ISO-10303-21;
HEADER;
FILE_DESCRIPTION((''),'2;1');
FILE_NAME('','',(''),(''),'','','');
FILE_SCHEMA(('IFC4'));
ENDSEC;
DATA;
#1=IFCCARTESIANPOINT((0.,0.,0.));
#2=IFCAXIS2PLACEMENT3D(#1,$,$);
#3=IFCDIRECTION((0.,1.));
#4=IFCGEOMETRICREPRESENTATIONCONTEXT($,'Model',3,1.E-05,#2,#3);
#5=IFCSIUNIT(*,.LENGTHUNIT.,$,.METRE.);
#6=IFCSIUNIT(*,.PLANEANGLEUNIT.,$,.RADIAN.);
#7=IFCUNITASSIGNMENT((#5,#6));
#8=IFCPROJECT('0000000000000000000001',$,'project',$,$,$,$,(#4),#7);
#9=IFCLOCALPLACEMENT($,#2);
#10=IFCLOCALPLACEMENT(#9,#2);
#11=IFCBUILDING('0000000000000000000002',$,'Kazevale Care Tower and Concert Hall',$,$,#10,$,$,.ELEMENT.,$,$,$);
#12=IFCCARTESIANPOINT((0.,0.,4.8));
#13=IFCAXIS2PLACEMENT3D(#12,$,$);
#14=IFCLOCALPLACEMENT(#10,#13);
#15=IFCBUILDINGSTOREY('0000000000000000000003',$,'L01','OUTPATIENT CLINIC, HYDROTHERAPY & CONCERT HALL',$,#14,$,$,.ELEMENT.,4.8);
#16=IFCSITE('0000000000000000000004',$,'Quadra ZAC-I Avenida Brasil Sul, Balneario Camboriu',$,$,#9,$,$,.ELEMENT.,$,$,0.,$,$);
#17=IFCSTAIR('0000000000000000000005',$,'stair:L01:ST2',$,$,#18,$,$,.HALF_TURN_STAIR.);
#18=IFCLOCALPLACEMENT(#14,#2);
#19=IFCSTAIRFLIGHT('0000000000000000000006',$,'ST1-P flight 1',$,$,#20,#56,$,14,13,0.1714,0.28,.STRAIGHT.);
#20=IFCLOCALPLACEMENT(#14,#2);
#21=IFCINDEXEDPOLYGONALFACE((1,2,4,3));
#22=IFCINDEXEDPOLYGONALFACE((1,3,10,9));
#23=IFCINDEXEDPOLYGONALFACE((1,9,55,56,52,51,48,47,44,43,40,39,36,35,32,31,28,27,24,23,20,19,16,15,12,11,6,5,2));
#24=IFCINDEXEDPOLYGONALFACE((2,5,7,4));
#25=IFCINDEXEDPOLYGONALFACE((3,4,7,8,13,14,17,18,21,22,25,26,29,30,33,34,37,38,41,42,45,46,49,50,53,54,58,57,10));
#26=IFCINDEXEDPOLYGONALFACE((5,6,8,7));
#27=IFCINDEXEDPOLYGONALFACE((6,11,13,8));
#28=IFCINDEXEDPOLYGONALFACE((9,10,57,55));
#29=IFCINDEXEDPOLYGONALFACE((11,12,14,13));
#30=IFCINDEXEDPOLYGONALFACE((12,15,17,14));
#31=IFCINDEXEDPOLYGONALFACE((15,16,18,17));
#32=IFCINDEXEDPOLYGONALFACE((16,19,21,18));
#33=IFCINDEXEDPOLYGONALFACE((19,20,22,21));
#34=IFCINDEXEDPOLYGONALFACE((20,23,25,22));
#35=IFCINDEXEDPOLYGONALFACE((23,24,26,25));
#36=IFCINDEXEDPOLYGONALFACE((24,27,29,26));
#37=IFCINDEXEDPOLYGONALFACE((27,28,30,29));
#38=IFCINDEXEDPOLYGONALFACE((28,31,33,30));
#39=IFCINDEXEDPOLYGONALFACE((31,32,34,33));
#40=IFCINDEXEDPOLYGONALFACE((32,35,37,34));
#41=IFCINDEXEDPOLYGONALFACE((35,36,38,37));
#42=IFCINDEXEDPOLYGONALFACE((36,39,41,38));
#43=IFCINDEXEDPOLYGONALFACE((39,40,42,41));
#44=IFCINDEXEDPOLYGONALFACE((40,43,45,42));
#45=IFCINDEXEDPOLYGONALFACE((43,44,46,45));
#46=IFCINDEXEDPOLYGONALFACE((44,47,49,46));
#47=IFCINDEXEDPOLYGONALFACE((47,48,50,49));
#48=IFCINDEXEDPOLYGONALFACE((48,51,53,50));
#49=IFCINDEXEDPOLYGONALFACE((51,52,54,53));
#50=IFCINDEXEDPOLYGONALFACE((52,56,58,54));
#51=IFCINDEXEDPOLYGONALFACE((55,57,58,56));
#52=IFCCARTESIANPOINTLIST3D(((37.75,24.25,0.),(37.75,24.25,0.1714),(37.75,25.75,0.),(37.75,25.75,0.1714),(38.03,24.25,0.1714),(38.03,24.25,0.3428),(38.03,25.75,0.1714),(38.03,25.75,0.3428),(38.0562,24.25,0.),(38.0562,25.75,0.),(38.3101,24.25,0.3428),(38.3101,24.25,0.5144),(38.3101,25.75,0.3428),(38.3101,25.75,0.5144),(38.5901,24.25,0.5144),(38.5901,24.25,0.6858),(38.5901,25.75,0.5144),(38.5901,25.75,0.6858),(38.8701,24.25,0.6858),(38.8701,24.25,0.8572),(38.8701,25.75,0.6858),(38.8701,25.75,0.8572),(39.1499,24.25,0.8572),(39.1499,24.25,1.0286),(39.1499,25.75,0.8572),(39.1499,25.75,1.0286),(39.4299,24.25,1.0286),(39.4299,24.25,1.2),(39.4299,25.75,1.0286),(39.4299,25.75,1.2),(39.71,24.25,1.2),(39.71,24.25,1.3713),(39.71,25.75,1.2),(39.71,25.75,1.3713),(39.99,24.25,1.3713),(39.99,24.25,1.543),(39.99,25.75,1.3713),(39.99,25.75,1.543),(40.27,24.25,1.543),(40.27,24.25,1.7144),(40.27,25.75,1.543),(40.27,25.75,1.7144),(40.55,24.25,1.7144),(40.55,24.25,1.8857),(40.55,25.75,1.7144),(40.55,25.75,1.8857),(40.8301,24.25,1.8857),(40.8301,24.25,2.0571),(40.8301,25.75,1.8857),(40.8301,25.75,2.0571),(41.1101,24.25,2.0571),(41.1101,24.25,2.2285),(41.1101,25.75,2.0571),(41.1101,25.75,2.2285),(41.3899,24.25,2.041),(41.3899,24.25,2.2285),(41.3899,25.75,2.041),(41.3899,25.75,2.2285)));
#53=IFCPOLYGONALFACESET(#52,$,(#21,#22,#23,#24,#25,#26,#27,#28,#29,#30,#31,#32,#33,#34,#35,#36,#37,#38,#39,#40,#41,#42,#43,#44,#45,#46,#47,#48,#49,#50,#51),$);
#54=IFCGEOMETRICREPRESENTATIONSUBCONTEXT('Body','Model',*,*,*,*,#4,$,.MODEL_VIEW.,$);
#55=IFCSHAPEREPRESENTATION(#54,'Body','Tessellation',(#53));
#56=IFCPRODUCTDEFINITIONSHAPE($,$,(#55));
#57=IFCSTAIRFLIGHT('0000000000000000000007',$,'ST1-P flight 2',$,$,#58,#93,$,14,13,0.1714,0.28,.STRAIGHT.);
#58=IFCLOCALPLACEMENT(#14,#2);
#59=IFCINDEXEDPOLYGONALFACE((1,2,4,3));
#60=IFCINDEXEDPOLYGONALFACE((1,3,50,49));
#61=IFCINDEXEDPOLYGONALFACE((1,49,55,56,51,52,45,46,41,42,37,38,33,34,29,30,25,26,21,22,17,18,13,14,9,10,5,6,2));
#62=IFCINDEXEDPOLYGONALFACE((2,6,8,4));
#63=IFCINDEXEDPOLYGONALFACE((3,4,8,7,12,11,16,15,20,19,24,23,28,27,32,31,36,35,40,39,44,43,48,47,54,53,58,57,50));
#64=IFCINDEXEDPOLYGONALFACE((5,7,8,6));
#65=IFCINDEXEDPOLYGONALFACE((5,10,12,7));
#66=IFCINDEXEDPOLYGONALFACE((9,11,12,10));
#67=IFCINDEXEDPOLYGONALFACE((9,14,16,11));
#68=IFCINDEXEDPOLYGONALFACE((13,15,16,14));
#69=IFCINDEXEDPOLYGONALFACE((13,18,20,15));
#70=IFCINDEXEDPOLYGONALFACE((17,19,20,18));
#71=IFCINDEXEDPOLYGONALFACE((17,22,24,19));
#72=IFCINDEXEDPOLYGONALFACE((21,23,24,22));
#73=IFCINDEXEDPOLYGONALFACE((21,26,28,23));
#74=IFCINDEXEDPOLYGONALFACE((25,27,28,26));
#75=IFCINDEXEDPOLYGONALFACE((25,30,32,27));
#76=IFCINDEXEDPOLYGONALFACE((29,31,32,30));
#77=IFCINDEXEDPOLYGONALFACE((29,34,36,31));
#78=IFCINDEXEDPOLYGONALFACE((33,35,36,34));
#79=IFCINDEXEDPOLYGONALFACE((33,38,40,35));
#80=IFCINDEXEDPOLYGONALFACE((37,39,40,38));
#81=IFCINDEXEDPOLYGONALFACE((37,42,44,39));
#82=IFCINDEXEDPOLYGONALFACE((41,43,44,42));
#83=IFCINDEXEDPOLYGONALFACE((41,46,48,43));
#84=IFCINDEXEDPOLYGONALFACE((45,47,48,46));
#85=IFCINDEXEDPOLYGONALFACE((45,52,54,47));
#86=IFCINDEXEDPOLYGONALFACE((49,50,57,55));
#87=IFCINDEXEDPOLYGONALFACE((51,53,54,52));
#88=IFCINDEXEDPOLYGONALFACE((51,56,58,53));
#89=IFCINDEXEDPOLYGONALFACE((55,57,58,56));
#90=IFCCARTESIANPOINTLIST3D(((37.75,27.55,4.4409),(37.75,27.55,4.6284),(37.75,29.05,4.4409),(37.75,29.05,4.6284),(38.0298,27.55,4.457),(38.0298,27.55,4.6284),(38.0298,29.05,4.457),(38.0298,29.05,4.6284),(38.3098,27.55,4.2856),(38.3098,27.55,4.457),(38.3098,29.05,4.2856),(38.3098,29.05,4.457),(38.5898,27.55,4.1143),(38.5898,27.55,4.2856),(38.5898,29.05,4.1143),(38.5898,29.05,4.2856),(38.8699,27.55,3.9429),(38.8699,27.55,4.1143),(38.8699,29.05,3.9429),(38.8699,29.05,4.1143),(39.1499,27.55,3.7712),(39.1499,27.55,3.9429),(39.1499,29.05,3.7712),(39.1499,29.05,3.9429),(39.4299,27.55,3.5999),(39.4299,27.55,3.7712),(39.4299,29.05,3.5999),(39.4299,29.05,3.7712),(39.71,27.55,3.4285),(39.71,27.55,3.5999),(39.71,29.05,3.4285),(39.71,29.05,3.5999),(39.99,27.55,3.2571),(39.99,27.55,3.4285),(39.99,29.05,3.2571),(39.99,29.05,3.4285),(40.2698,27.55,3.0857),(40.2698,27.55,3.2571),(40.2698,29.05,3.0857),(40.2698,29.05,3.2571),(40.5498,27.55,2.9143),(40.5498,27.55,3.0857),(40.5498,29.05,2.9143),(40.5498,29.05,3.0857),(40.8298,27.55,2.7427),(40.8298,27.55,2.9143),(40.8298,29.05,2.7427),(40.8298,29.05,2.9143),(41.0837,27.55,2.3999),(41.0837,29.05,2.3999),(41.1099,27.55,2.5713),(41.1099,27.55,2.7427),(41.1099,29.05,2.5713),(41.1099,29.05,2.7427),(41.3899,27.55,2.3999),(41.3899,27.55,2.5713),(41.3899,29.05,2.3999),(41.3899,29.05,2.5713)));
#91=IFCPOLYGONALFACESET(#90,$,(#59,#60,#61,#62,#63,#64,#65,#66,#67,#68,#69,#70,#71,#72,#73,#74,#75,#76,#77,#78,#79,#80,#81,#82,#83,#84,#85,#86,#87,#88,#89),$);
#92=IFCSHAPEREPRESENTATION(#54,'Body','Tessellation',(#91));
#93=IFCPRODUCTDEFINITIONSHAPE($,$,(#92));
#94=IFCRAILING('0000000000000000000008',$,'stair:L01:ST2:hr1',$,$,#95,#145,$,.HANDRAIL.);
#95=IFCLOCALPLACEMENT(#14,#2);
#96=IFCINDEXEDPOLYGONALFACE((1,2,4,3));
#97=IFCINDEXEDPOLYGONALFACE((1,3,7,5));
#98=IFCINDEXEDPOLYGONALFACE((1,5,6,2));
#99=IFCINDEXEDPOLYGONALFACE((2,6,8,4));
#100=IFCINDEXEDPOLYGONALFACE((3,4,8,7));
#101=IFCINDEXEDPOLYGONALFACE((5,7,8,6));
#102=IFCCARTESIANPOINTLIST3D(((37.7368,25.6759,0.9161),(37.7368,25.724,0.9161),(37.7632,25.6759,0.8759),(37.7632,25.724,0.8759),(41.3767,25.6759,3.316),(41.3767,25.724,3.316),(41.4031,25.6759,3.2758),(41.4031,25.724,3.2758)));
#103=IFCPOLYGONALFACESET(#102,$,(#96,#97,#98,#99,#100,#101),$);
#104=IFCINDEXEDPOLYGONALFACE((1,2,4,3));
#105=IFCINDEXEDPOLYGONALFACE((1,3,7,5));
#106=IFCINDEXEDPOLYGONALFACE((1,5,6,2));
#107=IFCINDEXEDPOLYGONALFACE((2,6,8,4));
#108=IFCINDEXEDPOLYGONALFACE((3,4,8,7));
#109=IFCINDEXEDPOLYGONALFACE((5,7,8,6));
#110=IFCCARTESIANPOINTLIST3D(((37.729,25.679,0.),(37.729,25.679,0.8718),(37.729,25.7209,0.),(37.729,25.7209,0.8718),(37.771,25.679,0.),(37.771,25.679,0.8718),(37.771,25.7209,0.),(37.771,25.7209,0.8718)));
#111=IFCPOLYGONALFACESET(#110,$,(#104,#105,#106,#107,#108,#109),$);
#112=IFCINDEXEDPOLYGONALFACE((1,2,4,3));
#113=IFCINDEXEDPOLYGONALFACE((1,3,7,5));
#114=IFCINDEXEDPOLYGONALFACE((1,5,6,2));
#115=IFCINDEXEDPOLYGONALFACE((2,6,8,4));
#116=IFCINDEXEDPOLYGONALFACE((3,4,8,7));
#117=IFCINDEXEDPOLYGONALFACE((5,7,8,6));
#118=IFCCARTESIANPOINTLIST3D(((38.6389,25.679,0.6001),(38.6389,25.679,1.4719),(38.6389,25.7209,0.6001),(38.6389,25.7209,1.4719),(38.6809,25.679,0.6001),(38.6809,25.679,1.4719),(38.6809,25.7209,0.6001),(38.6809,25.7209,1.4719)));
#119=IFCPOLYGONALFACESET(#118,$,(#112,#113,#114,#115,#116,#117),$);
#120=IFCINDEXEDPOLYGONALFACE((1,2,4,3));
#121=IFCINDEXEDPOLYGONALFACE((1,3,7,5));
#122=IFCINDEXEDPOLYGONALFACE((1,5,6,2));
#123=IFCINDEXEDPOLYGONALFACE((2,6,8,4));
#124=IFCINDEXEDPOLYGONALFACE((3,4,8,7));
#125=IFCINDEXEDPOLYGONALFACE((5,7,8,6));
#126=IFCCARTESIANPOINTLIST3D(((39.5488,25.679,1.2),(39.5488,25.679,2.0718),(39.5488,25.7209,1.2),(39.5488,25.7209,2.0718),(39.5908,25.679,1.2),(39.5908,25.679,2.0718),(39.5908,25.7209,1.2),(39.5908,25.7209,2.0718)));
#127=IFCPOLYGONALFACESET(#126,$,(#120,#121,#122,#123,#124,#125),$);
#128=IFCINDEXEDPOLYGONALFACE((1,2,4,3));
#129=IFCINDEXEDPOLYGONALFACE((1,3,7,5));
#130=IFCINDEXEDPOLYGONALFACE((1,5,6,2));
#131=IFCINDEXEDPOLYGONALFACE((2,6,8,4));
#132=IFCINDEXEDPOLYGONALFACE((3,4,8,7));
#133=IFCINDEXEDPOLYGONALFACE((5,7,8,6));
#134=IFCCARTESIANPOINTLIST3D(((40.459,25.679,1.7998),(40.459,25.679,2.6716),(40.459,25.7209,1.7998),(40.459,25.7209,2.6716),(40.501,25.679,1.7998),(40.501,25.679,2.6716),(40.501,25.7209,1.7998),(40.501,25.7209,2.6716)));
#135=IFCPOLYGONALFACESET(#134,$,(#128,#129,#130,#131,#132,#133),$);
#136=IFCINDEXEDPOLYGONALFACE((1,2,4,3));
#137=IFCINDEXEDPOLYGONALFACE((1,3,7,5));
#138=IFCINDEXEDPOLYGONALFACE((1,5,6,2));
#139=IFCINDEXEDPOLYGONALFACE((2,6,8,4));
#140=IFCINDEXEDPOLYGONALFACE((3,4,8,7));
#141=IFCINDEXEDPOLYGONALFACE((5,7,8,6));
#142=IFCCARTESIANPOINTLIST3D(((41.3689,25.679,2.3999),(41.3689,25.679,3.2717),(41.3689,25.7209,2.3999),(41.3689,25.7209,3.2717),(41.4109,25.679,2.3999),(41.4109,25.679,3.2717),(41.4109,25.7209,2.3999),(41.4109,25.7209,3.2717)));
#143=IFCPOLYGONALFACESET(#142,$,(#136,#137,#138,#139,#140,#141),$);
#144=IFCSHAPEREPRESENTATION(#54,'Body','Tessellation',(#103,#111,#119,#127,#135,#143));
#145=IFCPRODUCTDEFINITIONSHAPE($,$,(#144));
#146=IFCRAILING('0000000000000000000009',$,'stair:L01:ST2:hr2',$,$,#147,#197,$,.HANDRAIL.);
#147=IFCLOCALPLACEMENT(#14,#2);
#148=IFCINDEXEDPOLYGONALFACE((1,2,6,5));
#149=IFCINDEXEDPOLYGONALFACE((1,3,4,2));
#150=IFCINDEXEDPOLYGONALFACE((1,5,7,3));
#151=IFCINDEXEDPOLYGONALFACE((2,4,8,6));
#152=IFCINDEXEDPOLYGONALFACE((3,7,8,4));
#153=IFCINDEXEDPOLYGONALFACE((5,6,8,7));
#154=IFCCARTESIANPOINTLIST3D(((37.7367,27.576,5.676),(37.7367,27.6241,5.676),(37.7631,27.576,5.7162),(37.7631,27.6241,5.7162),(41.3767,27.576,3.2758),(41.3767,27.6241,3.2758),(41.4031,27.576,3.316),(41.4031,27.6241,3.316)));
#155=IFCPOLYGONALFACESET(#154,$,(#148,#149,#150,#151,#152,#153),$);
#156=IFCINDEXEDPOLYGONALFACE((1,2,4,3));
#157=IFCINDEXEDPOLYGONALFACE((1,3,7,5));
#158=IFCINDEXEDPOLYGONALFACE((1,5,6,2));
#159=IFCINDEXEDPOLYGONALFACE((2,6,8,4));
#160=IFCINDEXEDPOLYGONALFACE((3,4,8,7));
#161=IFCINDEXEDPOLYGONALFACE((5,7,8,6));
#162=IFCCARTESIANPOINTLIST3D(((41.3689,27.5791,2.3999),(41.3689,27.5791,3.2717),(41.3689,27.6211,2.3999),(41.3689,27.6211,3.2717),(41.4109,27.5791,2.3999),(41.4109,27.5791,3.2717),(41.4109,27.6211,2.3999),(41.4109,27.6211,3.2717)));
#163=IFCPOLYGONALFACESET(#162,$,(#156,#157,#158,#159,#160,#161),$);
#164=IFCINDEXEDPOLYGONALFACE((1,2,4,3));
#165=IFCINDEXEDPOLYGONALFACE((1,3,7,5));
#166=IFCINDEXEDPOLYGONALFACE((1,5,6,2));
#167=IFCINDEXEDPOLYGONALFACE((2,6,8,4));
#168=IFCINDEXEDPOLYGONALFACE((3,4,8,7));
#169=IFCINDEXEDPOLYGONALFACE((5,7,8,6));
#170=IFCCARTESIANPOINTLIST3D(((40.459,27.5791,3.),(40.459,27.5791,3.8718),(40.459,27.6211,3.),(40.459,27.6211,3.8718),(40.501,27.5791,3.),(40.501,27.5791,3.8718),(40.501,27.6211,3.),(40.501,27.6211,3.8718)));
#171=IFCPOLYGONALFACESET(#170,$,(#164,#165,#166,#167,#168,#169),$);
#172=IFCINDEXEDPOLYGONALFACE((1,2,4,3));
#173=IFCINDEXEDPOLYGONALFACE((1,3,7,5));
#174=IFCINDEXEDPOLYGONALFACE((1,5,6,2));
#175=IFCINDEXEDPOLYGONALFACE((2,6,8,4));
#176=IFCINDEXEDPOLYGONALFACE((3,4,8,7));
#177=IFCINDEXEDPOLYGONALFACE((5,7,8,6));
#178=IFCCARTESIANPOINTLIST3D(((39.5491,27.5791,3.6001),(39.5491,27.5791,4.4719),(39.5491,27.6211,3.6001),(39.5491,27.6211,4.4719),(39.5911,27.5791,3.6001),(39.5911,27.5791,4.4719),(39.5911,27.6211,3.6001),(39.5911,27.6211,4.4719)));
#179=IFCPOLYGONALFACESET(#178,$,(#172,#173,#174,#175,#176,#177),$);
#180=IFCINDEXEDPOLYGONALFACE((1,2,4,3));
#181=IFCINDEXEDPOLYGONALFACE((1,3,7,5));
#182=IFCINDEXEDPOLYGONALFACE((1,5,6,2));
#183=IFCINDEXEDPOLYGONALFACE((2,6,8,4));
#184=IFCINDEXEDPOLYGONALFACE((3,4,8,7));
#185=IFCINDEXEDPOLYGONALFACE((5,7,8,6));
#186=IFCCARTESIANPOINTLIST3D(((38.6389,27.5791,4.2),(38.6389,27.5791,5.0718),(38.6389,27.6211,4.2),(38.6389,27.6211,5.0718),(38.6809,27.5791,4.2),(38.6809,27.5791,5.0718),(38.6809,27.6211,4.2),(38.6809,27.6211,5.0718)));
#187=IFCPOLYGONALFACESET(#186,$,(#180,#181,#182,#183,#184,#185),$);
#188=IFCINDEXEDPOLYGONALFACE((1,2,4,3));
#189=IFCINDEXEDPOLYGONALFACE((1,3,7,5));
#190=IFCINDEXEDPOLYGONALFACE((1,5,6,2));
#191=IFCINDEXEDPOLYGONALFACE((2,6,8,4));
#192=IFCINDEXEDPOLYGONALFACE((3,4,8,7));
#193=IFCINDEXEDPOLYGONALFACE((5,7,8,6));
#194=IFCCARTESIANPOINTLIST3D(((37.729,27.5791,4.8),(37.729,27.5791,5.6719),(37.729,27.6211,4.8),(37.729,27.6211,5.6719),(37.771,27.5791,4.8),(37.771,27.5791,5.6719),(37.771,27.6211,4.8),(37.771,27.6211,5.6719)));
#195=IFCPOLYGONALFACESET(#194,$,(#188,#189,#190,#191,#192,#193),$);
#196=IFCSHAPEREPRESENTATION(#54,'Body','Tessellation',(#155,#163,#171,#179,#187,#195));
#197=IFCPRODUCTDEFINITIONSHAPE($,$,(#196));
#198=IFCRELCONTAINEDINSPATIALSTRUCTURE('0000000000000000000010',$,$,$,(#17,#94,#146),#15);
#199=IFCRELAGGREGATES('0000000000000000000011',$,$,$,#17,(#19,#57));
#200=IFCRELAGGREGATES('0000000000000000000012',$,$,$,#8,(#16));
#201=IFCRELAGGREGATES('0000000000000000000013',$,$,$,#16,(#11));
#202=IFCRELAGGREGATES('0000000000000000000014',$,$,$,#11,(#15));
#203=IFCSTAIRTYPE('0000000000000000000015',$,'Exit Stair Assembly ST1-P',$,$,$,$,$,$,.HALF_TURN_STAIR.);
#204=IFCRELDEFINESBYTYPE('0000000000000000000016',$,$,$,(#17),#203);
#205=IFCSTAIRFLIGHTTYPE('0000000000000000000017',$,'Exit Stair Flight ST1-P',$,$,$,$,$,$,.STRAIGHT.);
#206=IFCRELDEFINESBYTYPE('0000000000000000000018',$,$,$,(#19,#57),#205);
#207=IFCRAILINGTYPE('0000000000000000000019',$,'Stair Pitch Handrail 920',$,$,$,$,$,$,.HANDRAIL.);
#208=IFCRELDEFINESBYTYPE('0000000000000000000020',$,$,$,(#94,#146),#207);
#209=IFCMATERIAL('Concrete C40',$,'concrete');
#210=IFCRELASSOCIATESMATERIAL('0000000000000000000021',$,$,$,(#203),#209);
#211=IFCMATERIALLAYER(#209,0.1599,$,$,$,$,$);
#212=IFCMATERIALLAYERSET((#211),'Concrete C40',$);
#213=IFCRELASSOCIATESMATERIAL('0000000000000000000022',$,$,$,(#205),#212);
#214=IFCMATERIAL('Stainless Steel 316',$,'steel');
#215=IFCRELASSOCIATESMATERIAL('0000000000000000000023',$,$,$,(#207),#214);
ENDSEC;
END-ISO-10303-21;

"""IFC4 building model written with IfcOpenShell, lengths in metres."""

from ifc_helpers import new_model, si_unit, direction, frame, origin, origin_2d, place, context, subcontext, project, spatial, polyline, rectangle, outline, extrude, material, layer, layer_set, type_object, element, aggregate, save


model = new_model("IFC4")

# Units and contexts
model_context = context("Model", 3, precision=1e-05, world=origin(), true_north=direction((0.0, 1.0)))
body_context = subcontext(model_context, "Body", "Model", "MODEL_VIEW")
ifc_project = project(units=[si_unit("LENGTHUNIT", "METRE"), si_unit("PLANEANGLEUNIT", "RADIAN")], contexts=[model_context])

# Site, building, storey
site_placement = place(None, origin())
site = spatial("IfcSite", under=ifc_project, at=site_placement, Name="Quadra ZAC-I Avenida Brasil Sul, Balneario Camboriu", CompositionType="ELEMENT", RefElevation=0.0)
building_placement = place(site_placement, origin())
building = spatial("IfcBuilding", under=site, at=building_placement, Name="Kazevale Care Tower and Concert Hall", CompositionType="ELEMENT")
storey_placement = place(building_placement, frame((0.0, 0.0, 4.8)))
storey = spatial("IfcBuildingStorey", under=building, at=storey_placement, Name="L01", Description="OUTPATIENT CLINIC, HYDROTHERAPY & CONCERT HALL", CompositionType="ELEMENT", Elevation=4.8)

# Shared definitions
ifc_material_1 = material(Name="Concrete C40", Category="concrete")
ifc_material_2 = material(Name="Stainless Steel 316", Category="steel")

# Stair, stair flights
stair_type = type_object("IfcStairType", Name="Exit Stair Assembly ST1-P", PredefinedType="HALF_TURN_STAIR", material=ifc_material_1)
stair_placement = place(storey_placement, origin())
stair = element("IfcStair", 1, at=stair_placement, inside=storey, type_object=stair_type, Name="stair:L01:ST2", PredefinedType="HALF_TURN_STAIR")
ifc_layer_1 = layer(ifc_material_1, 0.1599)
ifc_layer_set_1 = layer_set([ifc_layer_1], Name="Concrete C40")
stair_flight_type = type_object("IfcStairFlightType", Name="Exit Stair Flight ST1-P", PredefinedType="STRAIGHT", material=ifc_layer_set_1)
stair_flight_1_placement = place(storey_placement, frame((37.75, 25.0, 0.0), z_axis=(0.0, 0.0, 1.0), x_axis=(1.0, 0.0, 0.0)))
stair_flight_1 = element("IfcStairFlight", 2, at=stair_flight_1_placement, type_object=stair_flight_type, Name="ST1-P flight 1", NumberOfRisers=14, NumberOfTreads=13, PredefinedType="STRAIGHT", RiserHeight=0.1714, TreadLength=0.28, context=body_context, shape_type="SweptSolid", body=[
    extrude(outline(polyline([(0.0, 0.0), (0.0, 0.1714), (0.28, 0.1714), (0.28, 0.3428), (0.5601, 0.3428), (0.5601, 0.5144), (0.8401, 0.5144), (0.8401, 0.6858), (1.1201, 0.6858), (1.1201, 0.8572), (1.3999, 0.8572), (1.3999, 1.0286), (1.6799, 1.0286), (1.6799, 1.2), (1.96, 1.2), (1.96, 1.3713), (2.24, 1.3713), (2.24, 1.543), (2.52, 1.543), (2.52, 1.7144), (2.8, 1.7144), (2.8, 1.8857), (3.0801, 1.8857), (3.0801, 2.0571), (3.3601, 2.0571), (3.3601, 2.2285), (3.6399, 2.2285), (3.6399, 2.3999), (3.6399, 2.041), (0.3062, 0.0), (0.0, 0.0)])), frame((0.0, 0.75, 0.0), z_axis=(0.0, -1.0, 0.0), x_axis=(1.0, 0.0, 0.0)), (0.0, 0.0, 1.0), 1.5),
])
stair_flight_2_placement = place(storey_placement, frame((41.3899, 28.3, 2.3999), z_axis=(0.0, 0.0, 1.0), x_axis=(-1.0, 0.0, 0.0)))
stair_flight_2 = element("IfcStairFlight", 3, at=stair_flight_2_placement, type_object=stair_flight_type, Name="ST1-P flight 2", NumberOfRisers=14, NumberOfTreads=13, PredefinedType="STRAIGHT", RiserHeight=0.1714, TreadLength=0.28, context=body_context, shape_type="SweptSolid", body=[
    extrude(outline(polyline([(0.0, 0.0), (0.0, 0.1714), (0.28, 0.1714), (0.28, 0.3428), (0.5601, 0.3428), (0.5601, 0.5144), (0.8401, 0.5144), (0.8401, 0.6858), (1.1201, 0.6858), (1.1201, 0.8572), (1.3999, 0.8572), (1.3999, 1.0286), (1.6799, 1.0286), (1.6799, 1.2), (1.96, 1.2), (1.96, 1.3713), (2.24, 1.3713), (2.24, 1.543), (2.52, 1.543), (2.52, 1.7144), (2.8, 1.7144), (2.8, 1.8857), (3.0801, 1.8857), (3.0801, 2.0571), (3.3601, 2.0571), (3.3601, 2.2285), (3.6399, 2.2285), (3.6399, 2.3999), (3.6399, 2.041), (0.3062, 0.0), (0.0, 0.0)])), frame((0.0, 0.75, 0.0), z_axis=(0.0, -1.0, 0.0), x_axis=(1.0, 0.0, 0.0)), (0.0, 0.0, 1.0), 1.5),
])
aggregate(stair, [stair_flight_1, stair_flight_2])

# Railings
railing_type_1 = type_object("IfcRailingType", Name="Stair Pitch Handrail 920", PredefinedType="HANDRAIL", material=ifc_material_2)
railing_1_placement = place(storey_placement, frame((37.75, 25.7, 0.0)))
element("IfcRailing", 4, at=railing_1_placement, inside=storey, type_object=railing_type_1, Name="stair:L01:ST2:hr1", PredefinedType="HANDRAIL", context=body_context, shape_type="SweptSolid", body=[
    extrude(rectangle(XDim=0.0481, YDim=0.0481, at=origin_2d()), frame((0.0, 0.0, 0.896), z_axis=(0.834865, 0.0, 0.550454), x_axis=(0.0, 1.0, 0.0)), (0.0, 0.0, 1.0), 4.3599),
    extrude(rectangle(XDim=0.042, YDim=0.042, at=origin_2d()), origin(), (0.0, 0.0, 1.0), 0.8718),
    extrude(rectangle(XDim=0.042, YDim=0.042, at=origin_2d()), frame((0.9099, 0.0, 0.6001)), (0.0, 0.0, 1.0), 0.8718),
    extrude(rectangle(XDim=0.042, YDim=0.042, at=origin_2d()), frame((1.8198, 0.0, 1.2)), (0.0, 0.0, 1.0), 0.8718),
    extrude(rectangle(XDim=0.042, YDim=0.042, at=origin_2d()), frame((2.73, 0.0, 1.7998)), (0.0, 0.0, 1.0), 0.8718),
    extrude(rectangle(XDim=0.042, YDim=0.042, at=origin_2d()), frame((3.6399, 0.0, 2.3999)), (0.0, 0.0, 1.0), 0.8718),
])
railing_2_placement = place(storey_placement, frame((41.3899, 27.6001, 2.3999)))
element("IfcRailing", 5, at=railing_2_placement, inside=storey, type_object=railing_type_1, Name="stair:L01:ST2:hr2", PredefinedType="HANDRAIL", context=body_context, shape_type="SweptSolid", body=[
    extrude(rectangle(XDim=0.0481, YDim=0.0481, at=origin_2d()), frame((0.0, 0.0, 0.896), z_axis=(-0.834839, 0.0, 0.550493), x_axis=(0.0, -1.0, 0.0)), (0.0, 0.0, 1.0), 4.3601),
    extrude(rectangle(XDim=0.042, YDim=0.042, at=origin_2d()), origin(), (0.0, 0.0, 1.0), 0.8718),
    extrude(rectangle(XDim=0.042, YDim=0.042, at=origin_2d()), frame((-0.9099, 0.0, 0.6001)), (0.0, 0.0, 1.0), 0.8718),
    extrude(rectangle(XDim=0.042, YDim=0.042, at=origin_2d()), frame((-1.8198, 0.0, 1.2002)), (0.0, 0.0, 1.0), 0.8718),
    extrude(rectangle(XDim=0.042, YDim=0.042, at=origin_2d()), frame((-2.73, 0.0, 1.8)), (0.0, 0.0, 1.0), 0.8718),
    extrude(rectangle(XDim=0.042, YDim=0.042, at=origin_2d()), frame((-3.6399, 0.0, 2.4001)), (0.0, 0.0, 1.0), 0.8718),
])

save(model, "model.ifc")
